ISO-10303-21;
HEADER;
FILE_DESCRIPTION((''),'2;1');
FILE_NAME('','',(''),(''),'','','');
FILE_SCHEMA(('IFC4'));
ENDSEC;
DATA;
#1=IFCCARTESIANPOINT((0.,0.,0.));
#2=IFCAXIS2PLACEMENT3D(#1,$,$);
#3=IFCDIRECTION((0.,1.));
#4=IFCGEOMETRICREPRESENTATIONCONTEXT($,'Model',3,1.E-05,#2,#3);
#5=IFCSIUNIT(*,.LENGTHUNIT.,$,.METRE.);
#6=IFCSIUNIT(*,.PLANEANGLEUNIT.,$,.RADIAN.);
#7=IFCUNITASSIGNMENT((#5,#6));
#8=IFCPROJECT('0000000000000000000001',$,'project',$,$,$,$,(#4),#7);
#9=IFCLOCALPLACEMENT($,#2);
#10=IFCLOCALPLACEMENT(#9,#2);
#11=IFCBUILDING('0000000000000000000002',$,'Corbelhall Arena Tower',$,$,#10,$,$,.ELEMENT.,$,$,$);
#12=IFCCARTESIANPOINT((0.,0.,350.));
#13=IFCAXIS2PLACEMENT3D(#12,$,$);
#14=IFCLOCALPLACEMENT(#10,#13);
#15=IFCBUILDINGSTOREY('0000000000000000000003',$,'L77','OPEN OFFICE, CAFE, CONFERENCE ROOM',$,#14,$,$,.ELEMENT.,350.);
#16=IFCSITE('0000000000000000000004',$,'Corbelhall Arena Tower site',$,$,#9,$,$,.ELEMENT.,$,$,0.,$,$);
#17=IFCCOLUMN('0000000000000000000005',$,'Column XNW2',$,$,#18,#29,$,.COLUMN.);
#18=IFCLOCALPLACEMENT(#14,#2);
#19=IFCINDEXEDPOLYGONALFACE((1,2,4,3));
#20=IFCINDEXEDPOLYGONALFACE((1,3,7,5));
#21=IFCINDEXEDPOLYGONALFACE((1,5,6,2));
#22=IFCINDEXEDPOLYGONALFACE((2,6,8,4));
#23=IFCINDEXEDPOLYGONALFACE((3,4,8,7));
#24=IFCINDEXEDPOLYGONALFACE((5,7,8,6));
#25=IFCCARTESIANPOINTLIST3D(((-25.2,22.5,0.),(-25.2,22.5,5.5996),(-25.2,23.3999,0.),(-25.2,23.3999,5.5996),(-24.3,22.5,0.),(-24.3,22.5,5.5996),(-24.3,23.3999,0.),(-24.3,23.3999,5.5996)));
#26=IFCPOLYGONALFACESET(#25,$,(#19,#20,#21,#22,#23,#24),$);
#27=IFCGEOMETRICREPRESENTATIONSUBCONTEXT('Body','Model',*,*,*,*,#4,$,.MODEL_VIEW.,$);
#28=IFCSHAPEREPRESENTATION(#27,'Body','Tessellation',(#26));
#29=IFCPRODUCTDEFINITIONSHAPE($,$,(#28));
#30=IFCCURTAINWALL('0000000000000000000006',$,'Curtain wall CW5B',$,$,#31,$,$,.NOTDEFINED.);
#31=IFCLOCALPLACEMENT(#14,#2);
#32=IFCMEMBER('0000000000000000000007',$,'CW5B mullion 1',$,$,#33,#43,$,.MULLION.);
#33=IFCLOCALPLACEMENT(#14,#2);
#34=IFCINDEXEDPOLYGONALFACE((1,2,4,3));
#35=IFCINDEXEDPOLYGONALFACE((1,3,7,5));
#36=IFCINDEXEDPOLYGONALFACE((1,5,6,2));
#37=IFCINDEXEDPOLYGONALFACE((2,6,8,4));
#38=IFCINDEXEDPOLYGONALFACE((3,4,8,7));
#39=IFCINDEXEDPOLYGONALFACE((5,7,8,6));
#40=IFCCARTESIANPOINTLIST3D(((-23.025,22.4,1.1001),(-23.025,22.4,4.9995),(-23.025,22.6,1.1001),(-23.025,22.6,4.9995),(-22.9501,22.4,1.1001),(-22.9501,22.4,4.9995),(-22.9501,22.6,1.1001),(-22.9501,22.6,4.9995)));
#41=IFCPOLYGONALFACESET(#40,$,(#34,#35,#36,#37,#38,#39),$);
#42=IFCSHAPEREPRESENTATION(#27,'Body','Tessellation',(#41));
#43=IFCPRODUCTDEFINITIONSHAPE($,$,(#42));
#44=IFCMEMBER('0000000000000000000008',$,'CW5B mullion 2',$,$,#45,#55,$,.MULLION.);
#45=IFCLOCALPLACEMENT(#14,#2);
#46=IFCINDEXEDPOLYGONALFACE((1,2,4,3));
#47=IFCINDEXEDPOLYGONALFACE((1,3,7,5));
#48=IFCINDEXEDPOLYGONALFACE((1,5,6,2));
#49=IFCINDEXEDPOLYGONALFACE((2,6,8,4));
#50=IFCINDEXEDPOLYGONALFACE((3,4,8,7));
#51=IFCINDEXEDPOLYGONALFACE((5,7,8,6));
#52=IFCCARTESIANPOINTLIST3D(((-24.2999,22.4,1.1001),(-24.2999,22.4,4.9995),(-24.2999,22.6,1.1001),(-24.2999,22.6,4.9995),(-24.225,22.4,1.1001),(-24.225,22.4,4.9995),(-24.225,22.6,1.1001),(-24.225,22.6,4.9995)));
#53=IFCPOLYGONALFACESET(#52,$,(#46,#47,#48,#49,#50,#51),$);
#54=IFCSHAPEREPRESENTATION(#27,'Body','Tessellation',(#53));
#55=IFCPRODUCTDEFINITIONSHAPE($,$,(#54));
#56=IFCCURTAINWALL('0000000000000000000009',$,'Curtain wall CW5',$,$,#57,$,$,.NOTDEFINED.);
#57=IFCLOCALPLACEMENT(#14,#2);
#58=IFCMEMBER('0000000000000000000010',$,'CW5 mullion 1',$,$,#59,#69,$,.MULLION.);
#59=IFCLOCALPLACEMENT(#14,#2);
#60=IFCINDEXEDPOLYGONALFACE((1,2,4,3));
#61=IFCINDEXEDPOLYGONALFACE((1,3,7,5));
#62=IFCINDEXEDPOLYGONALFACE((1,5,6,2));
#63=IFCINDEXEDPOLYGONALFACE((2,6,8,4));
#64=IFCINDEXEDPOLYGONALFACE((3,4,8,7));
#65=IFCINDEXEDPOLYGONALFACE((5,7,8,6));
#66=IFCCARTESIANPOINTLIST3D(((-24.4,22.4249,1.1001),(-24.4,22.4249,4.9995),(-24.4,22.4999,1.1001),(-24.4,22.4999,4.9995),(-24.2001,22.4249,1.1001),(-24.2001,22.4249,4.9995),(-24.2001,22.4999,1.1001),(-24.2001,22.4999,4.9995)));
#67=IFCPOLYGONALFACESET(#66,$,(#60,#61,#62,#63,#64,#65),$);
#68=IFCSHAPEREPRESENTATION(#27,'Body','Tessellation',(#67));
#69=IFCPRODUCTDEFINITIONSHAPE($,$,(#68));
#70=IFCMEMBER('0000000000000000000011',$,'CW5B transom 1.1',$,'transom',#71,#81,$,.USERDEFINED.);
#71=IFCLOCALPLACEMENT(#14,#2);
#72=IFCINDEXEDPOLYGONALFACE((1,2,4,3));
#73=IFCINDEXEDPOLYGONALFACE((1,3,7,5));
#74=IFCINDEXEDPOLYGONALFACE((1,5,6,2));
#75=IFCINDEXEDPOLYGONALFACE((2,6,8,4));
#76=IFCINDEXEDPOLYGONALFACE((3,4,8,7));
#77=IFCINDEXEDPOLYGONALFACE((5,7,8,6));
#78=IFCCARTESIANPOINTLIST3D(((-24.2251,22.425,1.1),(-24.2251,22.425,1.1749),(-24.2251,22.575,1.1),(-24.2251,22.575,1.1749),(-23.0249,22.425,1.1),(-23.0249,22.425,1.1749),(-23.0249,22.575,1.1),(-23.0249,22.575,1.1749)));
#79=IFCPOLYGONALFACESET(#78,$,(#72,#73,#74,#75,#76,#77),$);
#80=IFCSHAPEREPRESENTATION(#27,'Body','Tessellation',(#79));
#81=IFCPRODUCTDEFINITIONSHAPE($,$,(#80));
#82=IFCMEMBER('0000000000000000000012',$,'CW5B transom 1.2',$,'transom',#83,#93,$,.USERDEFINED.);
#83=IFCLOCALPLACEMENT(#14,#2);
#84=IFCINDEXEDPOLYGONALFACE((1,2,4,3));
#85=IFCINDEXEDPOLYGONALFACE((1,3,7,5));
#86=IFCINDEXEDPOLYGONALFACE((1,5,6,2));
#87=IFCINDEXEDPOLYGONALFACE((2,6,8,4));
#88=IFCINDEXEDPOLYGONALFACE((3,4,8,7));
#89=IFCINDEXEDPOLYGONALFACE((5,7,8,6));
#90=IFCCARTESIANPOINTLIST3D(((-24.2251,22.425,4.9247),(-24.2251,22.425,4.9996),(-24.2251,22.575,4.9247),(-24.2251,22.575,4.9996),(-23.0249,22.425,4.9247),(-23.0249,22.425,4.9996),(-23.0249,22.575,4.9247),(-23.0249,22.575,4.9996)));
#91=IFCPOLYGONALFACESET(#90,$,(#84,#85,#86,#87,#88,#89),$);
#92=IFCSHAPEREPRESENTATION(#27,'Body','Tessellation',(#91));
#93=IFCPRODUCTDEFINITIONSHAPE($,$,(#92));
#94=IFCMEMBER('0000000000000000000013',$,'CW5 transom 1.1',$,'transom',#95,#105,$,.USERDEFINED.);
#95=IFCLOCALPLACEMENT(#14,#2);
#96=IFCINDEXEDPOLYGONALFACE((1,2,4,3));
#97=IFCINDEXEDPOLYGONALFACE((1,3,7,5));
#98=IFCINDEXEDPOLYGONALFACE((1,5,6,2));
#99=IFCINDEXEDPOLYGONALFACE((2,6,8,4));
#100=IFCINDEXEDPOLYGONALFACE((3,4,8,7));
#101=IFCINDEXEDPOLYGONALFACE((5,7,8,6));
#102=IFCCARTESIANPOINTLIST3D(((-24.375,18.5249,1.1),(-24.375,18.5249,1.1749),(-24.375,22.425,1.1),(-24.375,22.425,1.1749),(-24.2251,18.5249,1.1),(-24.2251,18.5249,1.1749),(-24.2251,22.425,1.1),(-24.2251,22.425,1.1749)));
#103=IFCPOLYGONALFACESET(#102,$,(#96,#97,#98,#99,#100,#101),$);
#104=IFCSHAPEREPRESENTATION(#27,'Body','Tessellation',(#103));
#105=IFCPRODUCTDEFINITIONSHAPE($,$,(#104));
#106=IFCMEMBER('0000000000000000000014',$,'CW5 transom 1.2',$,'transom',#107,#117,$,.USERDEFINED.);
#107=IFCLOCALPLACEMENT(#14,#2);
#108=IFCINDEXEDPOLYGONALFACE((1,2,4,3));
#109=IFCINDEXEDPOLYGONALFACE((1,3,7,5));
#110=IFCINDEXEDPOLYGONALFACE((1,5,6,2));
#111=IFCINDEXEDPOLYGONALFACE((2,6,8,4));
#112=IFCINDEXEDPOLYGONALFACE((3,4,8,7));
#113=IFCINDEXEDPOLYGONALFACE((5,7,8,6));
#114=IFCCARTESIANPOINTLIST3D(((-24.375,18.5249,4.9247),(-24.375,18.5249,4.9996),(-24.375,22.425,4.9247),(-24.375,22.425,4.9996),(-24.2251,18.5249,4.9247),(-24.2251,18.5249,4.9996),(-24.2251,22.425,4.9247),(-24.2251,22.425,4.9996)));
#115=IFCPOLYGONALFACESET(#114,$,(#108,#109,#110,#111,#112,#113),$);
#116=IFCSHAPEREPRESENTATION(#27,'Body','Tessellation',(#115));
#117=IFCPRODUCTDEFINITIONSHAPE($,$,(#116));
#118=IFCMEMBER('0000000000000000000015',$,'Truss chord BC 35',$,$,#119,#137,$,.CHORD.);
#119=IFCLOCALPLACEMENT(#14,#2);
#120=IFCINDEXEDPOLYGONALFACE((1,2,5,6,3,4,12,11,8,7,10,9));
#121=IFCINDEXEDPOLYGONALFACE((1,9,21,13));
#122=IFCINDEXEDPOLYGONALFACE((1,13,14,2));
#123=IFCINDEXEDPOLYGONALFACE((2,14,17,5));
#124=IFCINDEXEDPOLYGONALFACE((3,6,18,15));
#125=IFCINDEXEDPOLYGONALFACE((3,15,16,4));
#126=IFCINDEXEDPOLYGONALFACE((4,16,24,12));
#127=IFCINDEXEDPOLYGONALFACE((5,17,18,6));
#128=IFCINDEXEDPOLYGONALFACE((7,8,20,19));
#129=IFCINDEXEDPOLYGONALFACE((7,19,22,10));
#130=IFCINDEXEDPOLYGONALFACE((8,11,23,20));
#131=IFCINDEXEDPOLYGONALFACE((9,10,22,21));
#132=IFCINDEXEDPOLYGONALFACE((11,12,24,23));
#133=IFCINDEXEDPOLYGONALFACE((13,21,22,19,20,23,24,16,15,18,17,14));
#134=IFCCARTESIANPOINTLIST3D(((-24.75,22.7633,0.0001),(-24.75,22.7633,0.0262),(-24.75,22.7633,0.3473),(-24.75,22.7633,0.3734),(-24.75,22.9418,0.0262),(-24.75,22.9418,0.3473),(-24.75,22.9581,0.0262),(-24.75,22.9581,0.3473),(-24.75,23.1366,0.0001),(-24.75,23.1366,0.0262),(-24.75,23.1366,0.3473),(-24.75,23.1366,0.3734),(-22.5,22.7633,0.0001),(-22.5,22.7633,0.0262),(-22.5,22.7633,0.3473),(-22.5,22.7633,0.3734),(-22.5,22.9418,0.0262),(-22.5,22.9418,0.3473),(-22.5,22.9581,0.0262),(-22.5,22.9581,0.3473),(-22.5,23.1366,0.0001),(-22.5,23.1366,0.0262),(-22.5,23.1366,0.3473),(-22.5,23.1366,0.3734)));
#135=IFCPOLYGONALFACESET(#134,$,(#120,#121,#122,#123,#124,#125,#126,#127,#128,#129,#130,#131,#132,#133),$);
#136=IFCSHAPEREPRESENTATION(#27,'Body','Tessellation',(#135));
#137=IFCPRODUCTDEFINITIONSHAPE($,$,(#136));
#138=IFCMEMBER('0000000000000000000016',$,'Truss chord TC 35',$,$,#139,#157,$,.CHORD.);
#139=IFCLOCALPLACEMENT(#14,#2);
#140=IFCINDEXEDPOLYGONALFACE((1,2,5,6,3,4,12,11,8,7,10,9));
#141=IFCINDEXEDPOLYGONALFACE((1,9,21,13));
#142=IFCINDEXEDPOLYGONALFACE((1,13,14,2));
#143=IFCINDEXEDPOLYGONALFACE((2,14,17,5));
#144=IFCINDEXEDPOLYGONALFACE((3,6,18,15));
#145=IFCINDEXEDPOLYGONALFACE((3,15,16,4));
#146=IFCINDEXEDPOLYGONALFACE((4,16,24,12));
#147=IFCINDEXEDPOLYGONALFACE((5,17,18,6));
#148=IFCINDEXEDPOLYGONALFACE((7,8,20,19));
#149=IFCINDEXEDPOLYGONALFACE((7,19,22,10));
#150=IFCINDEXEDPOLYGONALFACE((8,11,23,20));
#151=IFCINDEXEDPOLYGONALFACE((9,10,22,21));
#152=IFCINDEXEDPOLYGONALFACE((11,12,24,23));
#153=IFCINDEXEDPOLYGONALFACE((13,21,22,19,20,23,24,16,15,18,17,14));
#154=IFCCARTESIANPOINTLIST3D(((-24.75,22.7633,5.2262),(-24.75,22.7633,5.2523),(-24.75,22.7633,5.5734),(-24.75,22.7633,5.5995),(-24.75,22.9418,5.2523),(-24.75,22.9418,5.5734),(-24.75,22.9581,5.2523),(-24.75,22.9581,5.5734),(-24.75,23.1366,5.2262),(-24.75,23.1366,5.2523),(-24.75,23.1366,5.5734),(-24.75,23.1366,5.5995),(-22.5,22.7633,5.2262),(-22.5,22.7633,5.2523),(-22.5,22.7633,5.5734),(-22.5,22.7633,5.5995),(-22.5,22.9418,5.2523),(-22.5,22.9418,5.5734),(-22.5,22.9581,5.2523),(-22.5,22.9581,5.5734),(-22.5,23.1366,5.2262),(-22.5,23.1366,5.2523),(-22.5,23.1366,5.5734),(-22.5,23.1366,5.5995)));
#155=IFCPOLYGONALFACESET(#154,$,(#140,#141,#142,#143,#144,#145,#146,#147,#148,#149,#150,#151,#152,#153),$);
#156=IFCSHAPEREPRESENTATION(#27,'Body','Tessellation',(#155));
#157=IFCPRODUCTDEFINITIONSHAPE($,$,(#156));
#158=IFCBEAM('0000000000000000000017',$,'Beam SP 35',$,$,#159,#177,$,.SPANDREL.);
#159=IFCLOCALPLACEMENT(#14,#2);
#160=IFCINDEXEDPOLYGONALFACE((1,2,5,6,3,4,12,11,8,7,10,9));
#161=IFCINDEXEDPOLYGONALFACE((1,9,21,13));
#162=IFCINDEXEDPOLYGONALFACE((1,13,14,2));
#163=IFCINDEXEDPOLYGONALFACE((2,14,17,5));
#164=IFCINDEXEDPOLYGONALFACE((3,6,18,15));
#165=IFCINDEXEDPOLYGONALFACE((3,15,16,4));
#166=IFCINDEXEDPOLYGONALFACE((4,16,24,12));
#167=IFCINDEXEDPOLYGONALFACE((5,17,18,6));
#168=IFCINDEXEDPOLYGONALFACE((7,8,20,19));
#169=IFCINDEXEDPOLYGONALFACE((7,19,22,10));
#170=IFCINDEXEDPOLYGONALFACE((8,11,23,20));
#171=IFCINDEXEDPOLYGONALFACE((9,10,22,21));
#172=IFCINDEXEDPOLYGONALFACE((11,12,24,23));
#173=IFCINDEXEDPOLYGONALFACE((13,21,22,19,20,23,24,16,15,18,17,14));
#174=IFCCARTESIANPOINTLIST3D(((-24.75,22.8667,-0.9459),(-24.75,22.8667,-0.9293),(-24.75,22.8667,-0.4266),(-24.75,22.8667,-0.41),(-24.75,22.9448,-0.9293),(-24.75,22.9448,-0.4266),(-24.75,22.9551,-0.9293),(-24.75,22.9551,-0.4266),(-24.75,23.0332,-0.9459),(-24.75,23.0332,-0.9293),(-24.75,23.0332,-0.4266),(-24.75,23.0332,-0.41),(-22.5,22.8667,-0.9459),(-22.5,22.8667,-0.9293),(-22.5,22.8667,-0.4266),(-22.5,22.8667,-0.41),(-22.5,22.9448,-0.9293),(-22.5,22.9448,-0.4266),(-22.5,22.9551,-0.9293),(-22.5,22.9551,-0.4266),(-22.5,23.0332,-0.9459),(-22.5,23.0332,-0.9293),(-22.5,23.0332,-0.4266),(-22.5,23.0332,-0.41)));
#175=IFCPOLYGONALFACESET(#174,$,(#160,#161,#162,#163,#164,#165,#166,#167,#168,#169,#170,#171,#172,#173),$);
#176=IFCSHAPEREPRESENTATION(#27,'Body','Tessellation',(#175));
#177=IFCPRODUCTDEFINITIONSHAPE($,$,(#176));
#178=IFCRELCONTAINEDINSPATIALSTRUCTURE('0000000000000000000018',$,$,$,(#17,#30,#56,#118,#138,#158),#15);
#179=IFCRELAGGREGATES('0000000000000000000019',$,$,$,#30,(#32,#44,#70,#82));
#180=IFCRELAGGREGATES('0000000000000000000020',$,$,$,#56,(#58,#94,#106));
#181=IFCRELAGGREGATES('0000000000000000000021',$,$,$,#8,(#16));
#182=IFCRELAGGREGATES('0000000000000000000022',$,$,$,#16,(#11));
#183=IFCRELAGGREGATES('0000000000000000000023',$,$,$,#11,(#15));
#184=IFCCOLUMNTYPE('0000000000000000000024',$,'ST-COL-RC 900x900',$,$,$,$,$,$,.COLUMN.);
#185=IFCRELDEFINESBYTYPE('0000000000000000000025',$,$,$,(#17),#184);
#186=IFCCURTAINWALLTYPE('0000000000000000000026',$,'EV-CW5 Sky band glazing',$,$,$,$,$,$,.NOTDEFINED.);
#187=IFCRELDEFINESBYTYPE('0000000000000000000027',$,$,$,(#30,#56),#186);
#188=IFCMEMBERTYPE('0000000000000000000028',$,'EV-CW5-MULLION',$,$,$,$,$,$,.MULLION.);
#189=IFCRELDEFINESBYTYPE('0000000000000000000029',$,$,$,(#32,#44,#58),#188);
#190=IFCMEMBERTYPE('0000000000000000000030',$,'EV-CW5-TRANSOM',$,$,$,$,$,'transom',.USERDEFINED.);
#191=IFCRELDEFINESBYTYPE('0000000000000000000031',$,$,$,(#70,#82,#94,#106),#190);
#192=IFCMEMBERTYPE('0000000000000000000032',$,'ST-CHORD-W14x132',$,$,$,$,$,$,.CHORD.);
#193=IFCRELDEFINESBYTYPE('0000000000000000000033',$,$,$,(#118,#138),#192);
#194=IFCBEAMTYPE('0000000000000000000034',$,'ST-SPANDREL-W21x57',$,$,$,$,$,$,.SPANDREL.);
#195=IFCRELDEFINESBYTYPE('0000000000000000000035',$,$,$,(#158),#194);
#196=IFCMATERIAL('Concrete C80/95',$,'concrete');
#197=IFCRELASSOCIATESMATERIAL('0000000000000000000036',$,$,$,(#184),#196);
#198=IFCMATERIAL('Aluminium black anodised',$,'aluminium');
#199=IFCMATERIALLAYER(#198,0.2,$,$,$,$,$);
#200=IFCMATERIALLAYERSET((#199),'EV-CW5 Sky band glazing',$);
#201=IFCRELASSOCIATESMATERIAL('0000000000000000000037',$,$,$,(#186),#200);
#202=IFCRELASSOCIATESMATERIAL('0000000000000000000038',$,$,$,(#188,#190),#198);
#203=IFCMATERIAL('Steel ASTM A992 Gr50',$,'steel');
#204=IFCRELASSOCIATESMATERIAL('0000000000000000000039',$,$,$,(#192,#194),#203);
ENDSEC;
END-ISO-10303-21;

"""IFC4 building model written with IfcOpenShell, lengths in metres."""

from ifc_helpers import new_model, si_unit, direction, frame, origin, origin_2d, place, context, subcontext, project, spatial, rectangle, i_section, extrude, material, layer, layer_set, material_profile, profile_set, type_object, element, aggregate, save


model = new_model("IFC4")

# Units and contexts
model_context = context("Model", 3, precision=1e-05, world=origin(), true_north=direction((0.0, 1.0)))
body_context = subcontext(model_context, "Body", "Model", "MODEL_VIEW")
ifc_project = project(units=[si_unit("LENGTHUNIT", "METRE"), si_unit("PLANEANGLEUNIT", "RADIAN")], contexts=[model_context])

# Site, building, storey
site_placement = place(None, origin())
site = spatial("IfcSite", under=ifc_project, at=site_placement, Name="Corbelhall Arena Tower site", CompositionType="ELEMENT", RefElevation=0.0)
building_placement = place(site_placement, origin())
building = spatial("IfcBuilding", under=site, at=building_placement, Name="Corbelhall Arena Tower", CompositionType="ELEMENT")
storey_placement = place(building_placement, frame((0.0, 0.0, 350.0)))
storey = spatial("IfcBuildingStorey", under=building, at=storey_placement, Name="L77", Description="OPEN OFFICE, CAFE, CONFERENCE ROOM", CompositionType="ELEMENT", Elevation=350.0)

# Column
ifc_material_1 = material(Name="Concrete C80/95", Category="concrete")
ifc_material_profile_1 = material_profile(ifc_material_1, rectangle(XDim=0.8999, YDim=0.8999, at=origin_2d()))
ifc_profile_set_1 = profile_set([ifc_material_profile_1], Name="Concrete C80/95")
column_type = type_object("IfcColumnType", Name="ST-COL-RC 900x900", PredefinedType="COLUMN", material=ifc_profile_set_1)
column_placement = place(storey_placement, frame((-24.75, 22.95, 0.0), z_axis=(0.0, 0.0, 1.0), x_axis=(1.0, 0.0, 0.0)))
element("IfcColumn", 1, at=column_placement, inside=storey, type_object=column_type, Name="Column XNW2", PredefinedType="COLUMN", context=body_context, shape_type="SweptSolid", body=[
    extrude(rectangle(XDim=0.8999, YDim=0.8999, at=origin_2d()), origin(), (0.0, 0.0, 1.0), 5.5996),
])

# Curtain wall, members
ifc_material_2 = material(Name="Aluminium black anodised", Category="aluminium")
ifc_layer_1 = layer(ifc_material_2, 0.2)
ifc_layer_set_1 = layer_set([ifc_layer_1], Name="EV-CW5 Sky band glazing")
curtain_wall_type = type_object("IfcCurtainWallType", Name="EV-CW5 Sky band glazing", PredefinedType="NOTDEFINED", material=ifc_layer_set_1)
curtain_wall_1_placement = place(storey_placement, origin())
curtain_wall_1 = element("IfcCurtainWall", 2, at=curtain_wall_1_placement, inside=storey, type_object=curtain_wall_type, Name="Curtain wall CW5B", PredefinedType="NOTDEFINED")
ifc_material_profile_2 = material_profile(ifc_material_2, rectangle(XDim=0.2, YDim=0.075, at=origin_2d()))
ifc_profile_set_2 = profile_set([ifc_material_profile_2], Name="Aluminium black anodised")
member_type_1 = type_object("IfcMemberType", Name="EV-CW5-MULLION", PredefinedType="MULLION", material=ifc_profile_set_2)
member_1_placement = place(storey_placement, frame((-22.9875, 22.5, 1.1001), z_axis=(0.0, 0.0, 1.0), x_axis=(0.0, -1.0, 0.0)))
member_1 = element("IfcMember", 3, at=member_1_placement, type_object=member_type_1, Name="CW5B mullion 1", PredefinedType="MULLION", context=body_context, shape_type="SweptSolid", body=[
    extrude(rectangle(XDim=0.2, YDim=0.075, at=origin_2d()), origin(), (0.0, 0.0, 1.0), 3.8994),
])
member_2_placement = place(storey_placement, frame((-24.2625, 22.5, 1.1001), z_axis=(0.0, 0.0, 1.0), x_axis=(0.0, -1.0, 0.0)))
member_2 = element("IfcMember", 4, at=member_2_placement, type_object=member_type_1, Name="CW5B mullion 2", PredefinedType="MULLION", context=body_context, shape_type="SweptSolid", body=[
    extrude(rectangle(XDim=0.2, YDim=0.075, at=origin_2d()), origin(), (0.0, 0.0, 1.0), 3.8994),
])

# Curtain wall, member
curtain_wall_2_placement = place(storey_placement, origin())
curtain_wall_2 = element("IfcCurtainWall", 5, at=curtain_wall_2_placement, inside=storey, type_object=curtain_wall_type, Name="Curtain wall CW5", PredefinedType="NOTDEFINED")
member_3_placement = place(storey_placement, frame((-24.3, 22.4624, 1.1001), z_axis=(0.0, 0.0, 1.0), x_axis=(1.0, 0.0, 0.0)))
member_3 = element("IfcMember", 6, at=member_3_placement, type_object=member_type_1, Name="CW5 mullion 1", PredefinedType="MULLION", context=body_context, shape_type="SweptSolid", body=[
    extrude(rectangle(XDim=0.2, YDim=0.075, at=origin_2d()), origin(), (0.0, 0.0, 1.0), 3.8994),
])

# Members
ifc_material_profile_3 = material_profile(ifc_material_2, rectangle(XDim=0.1499, YDim=0.075, at=origin_2d()))
ifc_profile_set_3 = profile_set([ifc_material_profile_3], Name="Aluminium black anodised")
member_type_2 = type_object("IfcMemberType", Name="EV-CW5-TRANSOM", ElementType="transom", PredefinedType="USERDEFINED", material=ifc_profile_set_3)
member_4_placement = place(storey_placement, frame((-23.0249, 22.5, 1.1375), z_axis=(-1.0, 0.0, 0.0), x_axis=(0.0, -1.0, 0.0)))
member_4 = element("IfcMember", 7, at=member_4_placement, type_object=member_type_2, Name="CW5B transom 1.1", ObjectType="transom", PredefinedType="USERDEFINED", context=body_context, shape_type="SweptSolid", body=[
    extrude(rectangle(XDim=0.1499, YDim=0.075, at=origin_2d()), origin(), (0.0, 0.0, 1.0), 1.2002),
])
member_5_placement = place(storey_placement, frame((-23.0249, 22.5, 4.9622), z_axis=(-1.0, 0.0, 0.0), x_axis=(0.0, -1.0, 0.0)))
member_5 = element("IfcMember", 8, at=member_5_placement, type_object=member_type_2, Name="CW5B transom 1.2", ObjectType="transom", PredefinedType="USERDEFINED", context=body_context, shape_type="SweptSolid", body=[
    extrude(rectangle(XDim=0.1499, YDim=0.075, at=origin_2d()), origin(), (0.0, 0.0, 1.0), 1.2002),
])
member_6_placement = place(storey_placement, frame((-24.3, 22.425, 1.1375), z_axis=(0.0, -1.0, 0.0), x_axis=(1.0, 0.0, 0.0)))
member_6 = element("IfcMember", 9, at=member_6_placement, type_object=member_type_2, Name="CW5 transom 1.1", ObjectType="transom", PredefinedType="USERDEFINED", context=body_context, shape_type="SweptSolid", body=[
    extrude(rectangle(XDim=0.1499, YDim=0.075, at=origin_2d()), origin(), (0.0, 0.0, 1.0), 3.9001),
])
member_7_placement = place(storey_placement, frame((-24.3, 22.425, 4.9622), z_axis=(0.0, -1.0, 0.0), x_axis=(1.0, 0.0, 0.0)))
member_7 = element("IfcMember", 10, at=member_7_placement, type_object=member_type_2, Name="CW5 transom 1.2", ObjectType="transom", PredefinedType="USERDEFINED", context=body_context, shape_type="SweptSolid", body=[
    extrude(rectangle(XDim=0.1499, YDim=0.075, at=origin_2d()), origin(), (0.0, 0.0, 1.0), 3.9001),
])

# Members
ifc_material_3 = material(Name="Steel ASTM A992 Gr50", Category="steel")
ifc_material_profile_4 = material_profile(ifc_material_3, i_section(OverallWidth=0.3733, OverallDepth=0.3733, WebThickness=0.0164, FlangeThickness=0.0261, at=origin_2d()))
ifc_profile_set_4 = profile_set([ifc_material_profile_4], Name="Steel ASTM A992 Gr50")
member_type_3 = type_object("IfcMemberType", Name="ST-CHORD-W14x132", PredefinedType="CHORD", material=ifc_profile_set_4)
for number, where, z_axis, x_axis, name in (
    (11, (-24.75, 22.95, 0.1868), (1.0, 0.0, 0.0), (0.0, 1.0, 0.0), "Truss chord BC 35"),
    (12, (-24.75, 22.95, 5.4128), (1.0, 0.0, 0.0), (0.0, 1.0, 0.0), "Truss chord TC 35"),
):
    element("IfcMember", number, at=place(storey_placement, frame(where, z_axis=z_axis, x_axis=x_axis)), inside=storey, type_object=member_type_3, Name=name, PredefinedType="CHORD", context=body_context, shape_type="SweptSolid", body=[
        extrude(i_section(OverallWidth=0.3733, OverallDepth=0.3733, WebThickness=0.0164, FlangeThickness=0.0261, at=origin_2d()), origin(), (0.0, 0.0, 1.0), 2.25),
    ])

# Beam
ifc_material_profile_5 = material_profile(ifc_material_3, i_section(OverallWidth=0.1665, OverallDepth=0.5359, WebThickness=0.0103, FlangeThickness=0.0166, at=origin_2d()))
ifc_profile_set_5 = profile_set([ifc_material_profile_5], Name="Steel ASTM A992 Gr50")
beam_type = type_object("IfcBeamType", Name="ST-SPANDREL-W21x57", PredefinedType="SPANDREL", material=ifc_profile_set_5)
beam_placement = place(storey_placement, frame((-24.75, 22.95, -0.678), z_axis=(1.0, 0.0, 0.0), x_axis=(0.0, 1.0, 0.0)))
element("IfcBeam", 13, at=beam_placement, inside=storey, type_object=beam_type, Name="Beam SP 35", PredefinedType="SPANDREL", context=body_context, shape_type="SweptSolid", body=[
    extrude(i_section(OverallWidth=0.1665, OverallDepth=0.5359, WebThickness=0.0103, FlangeThickness=0.0166, at=origin_2d()), origin(), (0.0, 0.0, 1.0), 2.25),
])

aggregate(curtain_wall_1, [member_1, member_2, member_4, member_5])
aggregate(curtain_wall_2, [member_3, member_6, member_7])

save(model, "model.ifc")
